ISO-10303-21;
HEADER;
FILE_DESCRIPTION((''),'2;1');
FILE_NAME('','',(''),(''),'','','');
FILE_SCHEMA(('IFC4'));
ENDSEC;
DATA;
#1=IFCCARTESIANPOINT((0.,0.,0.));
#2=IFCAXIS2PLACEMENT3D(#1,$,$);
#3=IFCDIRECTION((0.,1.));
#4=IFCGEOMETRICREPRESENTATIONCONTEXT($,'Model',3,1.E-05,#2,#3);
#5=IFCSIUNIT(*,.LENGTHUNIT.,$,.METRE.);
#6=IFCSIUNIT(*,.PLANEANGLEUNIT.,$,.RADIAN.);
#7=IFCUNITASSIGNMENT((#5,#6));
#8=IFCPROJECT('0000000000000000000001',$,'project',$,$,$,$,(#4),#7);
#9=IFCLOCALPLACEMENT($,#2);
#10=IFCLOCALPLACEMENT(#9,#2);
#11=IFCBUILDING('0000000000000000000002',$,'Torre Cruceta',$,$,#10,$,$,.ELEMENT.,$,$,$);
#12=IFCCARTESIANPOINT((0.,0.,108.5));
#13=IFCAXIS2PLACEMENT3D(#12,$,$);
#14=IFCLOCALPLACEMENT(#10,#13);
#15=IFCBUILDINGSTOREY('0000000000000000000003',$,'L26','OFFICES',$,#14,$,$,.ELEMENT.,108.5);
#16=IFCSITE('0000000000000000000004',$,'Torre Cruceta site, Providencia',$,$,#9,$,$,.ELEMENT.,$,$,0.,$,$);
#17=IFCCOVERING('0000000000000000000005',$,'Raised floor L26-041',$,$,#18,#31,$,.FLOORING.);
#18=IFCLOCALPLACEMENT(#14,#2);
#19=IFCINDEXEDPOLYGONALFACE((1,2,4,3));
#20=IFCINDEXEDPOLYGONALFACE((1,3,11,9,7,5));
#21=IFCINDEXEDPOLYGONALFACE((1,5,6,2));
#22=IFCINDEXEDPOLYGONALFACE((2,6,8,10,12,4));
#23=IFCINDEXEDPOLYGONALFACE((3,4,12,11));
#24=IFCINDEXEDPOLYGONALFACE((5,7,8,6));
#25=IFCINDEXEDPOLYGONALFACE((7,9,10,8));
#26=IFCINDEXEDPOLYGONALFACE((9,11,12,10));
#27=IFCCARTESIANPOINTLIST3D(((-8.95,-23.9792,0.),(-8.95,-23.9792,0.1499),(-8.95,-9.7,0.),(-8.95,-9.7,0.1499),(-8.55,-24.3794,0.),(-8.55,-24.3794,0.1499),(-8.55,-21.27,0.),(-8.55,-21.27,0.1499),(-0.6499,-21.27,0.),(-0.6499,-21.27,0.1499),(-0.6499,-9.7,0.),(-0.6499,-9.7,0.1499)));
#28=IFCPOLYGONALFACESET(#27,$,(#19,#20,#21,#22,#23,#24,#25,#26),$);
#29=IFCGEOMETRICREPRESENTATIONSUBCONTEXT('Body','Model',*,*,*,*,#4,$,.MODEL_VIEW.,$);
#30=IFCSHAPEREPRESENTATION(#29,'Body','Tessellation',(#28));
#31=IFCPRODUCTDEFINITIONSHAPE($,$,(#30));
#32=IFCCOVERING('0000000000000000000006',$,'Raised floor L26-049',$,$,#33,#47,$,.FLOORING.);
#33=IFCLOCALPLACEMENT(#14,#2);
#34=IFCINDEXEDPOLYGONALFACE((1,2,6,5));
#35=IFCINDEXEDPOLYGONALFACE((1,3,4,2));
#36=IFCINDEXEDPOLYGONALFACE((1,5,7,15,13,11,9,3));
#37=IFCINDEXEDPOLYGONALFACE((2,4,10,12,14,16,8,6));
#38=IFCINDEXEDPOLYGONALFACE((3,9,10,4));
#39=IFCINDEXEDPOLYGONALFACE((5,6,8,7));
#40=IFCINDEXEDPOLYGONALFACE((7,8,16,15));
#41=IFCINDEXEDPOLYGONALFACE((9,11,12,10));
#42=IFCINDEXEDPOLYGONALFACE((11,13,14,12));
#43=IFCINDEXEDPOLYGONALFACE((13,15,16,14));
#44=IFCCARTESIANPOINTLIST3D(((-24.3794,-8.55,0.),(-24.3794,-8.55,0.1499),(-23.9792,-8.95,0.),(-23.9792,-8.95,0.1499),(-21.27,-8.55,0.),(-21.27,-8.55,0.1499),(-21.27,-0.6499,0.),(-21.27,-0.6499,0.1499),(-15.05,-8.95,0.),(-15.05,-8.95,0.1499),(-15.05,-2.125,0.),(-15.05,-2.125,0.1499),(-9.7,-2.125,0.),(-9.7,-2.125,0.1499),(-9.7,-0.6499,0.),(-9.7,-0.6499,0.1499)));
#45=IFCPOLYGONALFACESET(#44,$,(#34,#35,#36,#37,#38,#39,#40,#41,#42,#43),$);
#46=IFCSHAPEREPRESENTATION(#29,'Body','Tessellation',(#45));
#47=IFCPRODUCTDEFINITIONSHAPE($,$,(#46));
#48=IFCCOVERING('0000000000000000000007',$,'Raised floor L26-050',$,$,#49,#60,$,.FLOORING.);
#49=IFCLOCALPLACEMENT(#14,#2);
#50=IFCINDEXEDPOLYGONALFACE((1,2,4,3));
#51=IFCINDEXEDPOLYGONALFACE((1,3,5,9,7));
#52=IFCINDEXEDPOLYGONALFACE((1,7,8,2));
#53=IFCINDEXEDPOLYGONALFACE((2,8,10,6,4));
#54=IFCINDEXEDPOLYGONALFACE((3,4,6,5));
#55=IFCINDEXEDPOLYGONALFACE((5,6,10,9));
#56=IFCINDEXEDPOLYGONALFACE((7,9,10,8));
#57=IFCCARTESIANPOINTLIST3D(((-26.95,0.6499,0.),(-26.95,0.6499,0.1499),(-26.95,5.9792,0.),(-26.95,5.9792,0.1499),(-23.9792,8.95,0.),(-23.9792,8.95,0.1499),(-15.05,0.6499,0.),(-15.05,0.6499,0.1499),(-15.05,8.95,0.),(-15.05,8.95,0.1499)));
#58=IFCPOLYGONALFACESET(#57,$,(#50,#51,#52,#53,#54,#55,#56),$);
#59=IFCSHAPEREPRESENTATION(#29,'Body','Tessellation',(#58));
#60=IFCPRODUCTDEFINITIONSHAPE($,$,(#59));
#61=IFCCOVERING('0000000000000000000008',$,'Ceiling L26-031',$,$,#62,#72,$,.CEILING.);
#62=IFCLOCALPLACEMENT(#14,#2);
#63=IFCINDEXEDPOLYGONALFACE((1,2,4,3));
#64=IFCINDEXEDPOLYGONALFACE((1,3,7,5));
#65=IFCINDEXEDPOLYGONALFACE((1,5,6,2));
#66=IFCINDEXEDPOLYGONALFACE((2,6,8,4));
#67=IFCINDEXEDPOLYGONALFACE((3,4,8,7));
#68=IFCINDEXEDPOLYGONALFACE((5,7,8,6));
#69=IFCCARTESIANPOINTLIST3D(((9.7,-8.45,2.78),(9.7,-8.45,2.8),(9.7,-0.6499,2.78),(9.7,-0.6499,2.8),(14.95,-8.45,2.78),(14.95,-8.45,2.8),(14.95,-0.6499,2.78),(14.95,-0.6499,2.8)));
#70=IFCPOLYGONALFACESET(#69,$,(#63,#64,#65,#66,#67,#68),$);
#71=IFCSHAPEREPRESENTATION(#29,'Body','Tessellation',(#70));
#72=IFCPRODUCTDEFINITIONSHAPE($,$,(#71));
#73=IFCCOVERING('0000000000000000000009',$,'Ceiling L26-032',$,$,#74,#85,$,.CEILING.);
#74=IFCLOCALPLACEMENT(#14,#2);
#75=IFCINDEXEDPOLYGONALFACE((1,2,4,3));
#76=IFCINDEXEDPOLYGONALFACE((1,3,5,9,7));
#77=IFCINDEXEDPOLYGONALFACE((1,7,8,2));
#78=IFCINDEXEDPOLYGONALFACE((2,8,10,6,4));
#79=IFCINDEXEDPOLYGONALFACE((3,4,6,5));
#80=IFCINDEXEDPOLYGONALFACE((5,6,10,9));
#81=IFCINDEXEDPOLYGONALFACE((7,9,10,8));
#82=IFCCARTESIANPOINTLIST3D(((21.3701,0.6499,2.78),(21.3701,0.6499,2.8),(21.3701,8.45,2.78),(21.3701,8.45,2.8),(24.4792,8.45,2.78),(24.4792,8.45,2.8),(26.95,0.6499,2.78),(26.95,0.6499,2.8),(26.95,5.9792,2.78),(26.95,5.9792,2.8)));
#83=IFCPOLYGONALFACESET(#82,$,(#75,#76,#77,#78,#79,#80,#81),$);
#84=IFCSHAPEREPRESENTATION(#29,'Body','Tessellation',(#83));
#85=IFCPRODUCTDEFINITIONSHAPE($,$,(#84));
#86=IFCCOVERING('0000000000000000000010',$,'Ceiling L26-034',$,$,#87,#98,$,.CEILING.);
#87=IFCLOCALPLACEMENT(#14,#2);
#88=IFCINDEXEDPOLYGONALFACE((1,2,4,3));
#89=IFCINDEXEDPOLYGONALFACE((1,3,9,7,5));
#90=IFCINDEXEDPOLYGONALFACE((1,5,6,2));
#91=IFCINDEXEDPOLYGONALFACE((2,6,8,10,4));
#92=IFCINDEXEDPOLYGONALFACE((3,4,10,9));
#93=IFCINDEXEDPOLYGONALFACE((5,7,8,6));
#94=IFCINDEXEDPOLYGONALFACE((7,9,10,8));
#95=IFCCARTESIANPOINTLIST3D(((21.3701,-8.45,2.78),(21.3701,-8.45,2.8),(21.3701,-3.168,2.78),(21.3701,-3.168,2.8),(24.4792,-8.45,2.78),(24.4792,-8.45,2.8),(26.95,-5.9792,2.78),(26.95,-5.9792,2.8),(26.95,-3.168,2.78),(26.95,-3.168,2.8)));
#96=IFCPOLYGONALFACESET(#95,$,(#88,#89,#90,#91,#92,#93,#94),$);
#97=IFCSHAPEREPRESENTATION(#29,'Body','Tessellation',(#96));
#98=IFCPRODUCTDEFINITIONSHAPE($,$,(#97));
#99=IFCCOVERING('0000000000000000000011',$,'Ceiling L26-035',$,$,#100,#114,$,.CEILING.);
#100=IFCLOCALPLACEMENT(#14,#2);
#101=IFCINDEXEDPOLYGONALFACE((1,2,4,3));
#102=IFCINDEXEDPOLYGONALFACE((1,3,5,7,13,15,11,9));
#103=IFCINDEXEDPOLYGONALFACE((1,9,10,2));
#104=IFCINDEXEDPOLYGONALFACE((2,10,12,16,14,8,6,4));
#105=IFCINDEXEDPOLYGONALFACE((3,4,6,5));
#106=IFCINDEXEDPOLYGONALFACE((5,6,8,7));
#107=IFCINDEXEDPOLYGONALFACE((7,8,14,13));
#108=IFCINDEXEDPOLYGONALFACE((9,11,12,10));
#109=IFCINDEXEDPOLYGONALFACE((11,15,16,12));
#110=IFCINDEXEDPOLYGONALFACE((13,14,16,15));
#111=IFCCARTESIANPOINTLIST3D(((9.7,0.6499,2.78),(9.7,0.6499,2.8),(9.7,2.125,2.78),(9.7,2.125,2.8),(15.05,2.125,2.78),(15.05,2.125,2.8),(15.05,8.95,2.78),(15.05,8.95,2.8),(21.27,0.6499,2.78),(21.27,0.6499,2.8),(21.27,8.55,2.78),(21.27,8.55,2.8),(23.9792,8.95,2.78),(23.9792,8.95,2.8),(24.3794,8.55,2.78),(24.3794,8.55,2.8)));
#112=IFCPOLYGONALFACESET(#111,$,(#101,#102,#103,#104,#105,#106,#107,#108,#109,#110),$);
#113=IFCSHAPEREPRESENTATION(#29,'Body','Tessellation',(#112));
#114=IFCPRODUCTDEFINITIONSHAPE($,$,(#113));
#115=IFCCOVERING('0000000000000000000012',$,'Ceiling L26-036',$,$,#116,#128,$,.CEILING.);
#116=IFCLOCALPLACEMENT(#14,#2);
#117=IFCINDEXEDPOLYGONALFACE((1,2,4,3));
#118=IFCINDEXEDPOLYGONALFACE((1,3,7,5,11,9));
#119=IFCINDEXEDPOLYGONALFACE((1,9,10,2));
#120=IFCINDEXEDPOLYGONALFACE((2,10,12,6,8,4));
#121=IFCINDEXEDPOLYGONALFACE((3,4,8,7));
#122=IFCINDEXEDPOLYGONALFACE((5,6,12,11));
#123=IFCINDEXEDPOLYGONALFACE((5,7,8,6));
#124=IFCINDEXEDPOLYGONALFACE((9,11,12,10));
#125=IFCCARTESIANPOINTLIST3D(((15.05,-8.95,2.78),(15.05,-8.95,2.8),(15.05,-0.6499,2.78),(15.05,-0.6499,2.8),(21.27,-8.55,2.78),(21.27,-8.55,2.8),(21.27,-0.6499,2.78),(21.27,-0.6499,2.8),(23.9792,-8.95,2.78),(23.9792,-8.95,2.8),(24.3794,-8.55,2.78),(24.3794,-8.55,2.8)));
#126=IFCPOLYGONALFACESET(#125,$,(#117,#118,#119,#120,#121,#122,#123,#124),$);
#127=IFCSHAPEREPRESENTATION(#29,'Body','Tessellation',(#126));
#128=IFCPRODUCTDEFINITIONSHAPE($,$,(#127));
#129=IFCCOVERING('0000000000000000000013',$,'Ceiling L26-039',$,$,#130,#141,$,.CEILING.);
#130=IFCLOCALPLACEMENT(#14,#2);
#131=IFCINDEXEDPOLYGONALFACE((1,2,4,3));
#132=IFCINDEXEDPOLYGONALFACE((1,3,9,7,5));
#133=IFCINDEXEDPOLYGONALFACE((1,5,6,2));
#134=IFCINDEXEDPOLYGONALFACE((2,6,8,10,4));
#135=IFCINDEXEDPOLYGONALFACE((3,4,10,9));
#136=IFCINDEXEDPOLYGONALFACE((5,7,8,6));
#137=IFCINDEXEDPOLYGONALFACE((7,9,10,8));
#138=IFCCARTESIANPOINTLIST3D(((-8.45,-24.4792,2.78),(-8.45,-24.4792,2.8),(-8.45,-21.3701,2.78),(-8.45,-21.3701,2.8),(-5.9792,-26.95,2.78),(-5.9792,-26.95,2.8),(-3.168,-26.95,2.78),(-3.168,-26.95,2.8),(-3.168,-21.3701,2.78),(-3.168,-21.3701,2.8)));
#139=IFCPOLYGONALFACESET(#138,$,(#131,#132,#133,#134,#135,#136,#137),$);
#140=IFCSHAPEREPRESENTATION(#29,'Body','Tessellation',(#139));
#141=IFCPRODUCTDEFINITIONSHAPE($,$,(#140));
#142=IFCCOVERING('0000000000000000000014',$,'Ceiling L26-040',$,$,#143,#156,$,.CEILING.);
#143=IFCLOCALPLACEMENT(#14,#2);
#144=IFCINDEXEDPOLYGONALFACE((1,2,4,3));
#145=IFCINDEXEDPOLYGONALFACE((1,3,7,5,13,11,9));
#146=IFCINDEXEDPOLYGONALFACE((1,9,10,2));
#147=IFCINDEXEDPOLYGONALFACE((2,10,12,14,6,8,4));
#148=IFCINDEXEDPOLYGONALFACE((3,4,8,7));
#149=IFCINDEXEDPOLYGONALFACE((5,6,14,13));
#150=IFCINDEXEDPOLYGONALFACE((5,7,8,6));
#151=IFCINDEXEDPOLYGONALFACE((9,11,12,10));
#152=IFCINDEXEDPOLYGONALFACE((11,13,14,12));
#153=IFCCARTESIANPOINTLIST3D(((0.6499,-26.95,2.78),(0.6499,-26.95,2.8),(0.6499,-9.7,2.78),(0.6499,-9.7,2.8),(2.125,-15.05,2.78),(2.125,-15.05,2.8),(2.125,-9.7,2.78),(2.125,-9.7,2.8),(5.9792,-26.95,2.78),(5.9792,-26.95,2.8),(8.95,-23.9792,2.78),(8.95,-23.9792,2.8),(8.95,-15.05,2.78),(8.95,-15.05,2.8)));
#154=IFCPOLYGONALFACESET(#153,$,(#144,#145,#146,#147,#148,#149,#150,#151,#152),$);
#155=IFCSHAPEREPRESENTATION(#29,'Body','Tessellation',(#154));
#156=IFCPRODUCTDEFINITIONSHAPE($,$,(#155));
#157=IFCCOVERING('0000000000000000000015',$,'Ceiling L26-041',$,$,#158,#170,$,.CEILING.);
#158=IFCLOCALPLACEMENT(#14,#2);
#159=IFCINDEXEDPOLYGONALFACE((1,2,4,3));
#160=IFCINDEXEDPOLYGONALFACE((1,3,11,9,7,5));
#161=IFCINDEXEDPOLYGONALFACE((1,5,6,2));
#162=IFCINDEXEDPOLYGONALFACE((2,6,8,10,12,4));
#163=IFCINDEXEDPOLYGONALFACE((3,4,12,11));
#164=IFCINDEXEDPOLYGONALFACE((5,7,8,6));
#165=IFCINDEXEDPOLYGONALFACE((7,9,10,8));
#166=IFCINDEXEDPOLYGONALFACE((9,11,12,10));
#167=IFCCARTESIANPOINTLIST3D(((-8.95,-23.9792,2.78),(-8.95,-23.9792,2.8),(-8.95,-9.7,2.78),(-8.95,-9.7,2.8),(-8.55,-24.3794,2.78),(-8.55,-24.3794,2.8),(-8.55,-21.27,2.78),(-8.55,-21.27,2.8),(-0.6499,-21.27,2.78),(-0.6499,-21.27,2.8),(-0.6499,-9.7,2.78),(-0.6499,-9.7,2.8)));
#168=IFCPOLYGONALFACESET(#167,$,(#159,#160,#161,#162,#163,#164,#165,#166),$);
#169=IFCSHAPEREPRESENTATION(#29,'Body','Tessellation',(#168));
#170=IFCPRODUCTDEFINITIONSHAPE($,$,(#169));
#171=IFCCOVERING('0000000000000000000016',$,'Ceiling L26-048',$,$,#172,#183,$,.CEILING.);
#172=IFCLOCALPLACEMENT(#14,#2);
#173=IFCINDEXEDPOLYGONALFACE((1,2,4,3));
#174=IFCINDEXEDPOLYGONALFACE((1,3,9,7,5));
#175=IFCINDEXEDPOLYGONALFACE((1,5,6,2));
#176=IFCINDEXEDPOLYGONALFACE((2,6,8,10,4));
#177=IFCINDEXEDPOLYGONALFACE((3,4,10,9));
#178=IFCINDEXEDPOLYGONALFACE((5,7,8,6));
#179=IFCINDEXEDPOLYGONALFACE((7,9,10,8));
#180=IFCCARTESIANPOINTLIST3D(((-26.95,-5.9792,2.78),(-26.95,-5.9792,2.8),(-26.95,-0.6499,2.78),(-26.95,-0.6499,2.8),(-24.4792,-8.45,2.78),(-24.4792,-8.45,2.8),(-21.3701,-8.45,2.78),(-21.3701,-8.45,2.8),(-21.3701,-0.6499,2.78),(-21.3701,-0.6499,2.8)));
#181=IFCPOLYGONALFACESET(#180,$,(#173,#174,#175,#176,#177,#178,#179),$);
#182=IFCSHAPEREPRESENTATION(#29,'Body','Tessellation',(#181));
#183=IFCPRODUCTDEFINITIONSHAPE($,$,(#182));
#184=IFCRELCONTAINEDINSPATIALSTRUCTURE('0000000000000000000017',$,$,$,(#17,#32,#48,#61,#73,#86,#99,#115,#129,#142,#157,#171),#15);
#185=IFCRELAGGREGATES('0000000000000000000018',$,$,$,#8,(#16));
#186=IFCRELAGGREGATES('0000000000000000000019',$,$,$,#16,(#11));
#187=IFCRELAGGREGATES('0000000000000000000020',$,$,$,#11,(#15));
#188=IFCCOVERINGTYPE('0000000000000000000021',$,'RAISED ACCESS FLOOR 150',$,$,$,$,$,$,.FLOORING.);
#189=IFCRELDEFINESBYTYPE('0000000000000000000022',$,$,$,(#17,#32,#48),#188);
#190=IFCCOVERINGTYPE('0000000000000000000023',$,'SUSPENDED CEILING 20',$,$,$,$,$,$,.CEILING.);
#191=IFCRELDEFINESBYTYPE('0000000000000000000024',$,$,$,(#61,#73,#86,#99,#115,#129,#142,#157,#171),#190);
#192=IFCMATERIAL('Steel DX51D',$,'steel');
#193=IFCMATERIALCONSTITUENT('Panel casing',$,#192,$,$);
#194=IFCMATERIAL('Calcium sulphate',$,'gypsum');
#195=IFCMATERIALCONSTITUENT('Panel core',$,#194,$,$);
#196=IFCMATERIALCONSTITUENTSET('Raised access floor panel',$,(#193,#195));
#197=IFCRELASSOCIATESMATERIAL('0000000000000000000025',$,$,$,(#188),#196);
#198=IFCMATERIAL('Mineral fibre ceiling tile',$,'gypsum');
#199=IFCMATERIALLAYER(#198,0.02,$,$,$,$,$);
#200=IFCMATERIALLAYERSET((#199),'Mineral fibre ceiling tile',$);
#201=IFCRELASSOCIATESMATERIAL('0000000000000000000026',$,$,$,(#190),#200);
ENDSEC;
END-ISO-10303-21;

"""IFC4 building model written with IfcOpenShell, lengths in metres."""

from ifc_helpers import new_model, si_unit, direction, frame, origin, place, context, subcontext, project, spatial, polyline, outline, extrude, material, layer, layer_set, constituent, constituent_set, type_object, element, save


model = new_model("IFC4")

# Units and contexts
model_context = context("Model", 3, precision=1e-05, world=origin(), true_north=direction((0.0, 1.0)))
body_context = subcontext(model_context, "Body", "Model", "MODEL_VIEW")
ifc_project = project(units=[si_unit("LENGTHUNIT", "METRE"), si_unit("PLANEANGLEUNIT", "RADIAN")], contexts=[model_context])

# Site, building, storey
site_placement = place(None, origin())
site = spatial("IfcSite", under=ifc_project, at=site_placement, Name="Torre Cruceta site, Providencia", CompositionType="ELEMENT", RefElevation=0.0)
building_placement = place(site_placement, origin())
building = spatial("IfcBuilding", under=site, at=building_placement, Name="Torre Cruceta", CompositionType="ELEMENT")
storey_placement = place(building_placement, frame((0.0, 0.0, 108.5)))
storey = spatial("IfcBuildingStorey", under=building, at=storey_placement, Name="L26", Description="OFFICES", CompositionType="ELEMENT", Elevation=108.5)

# Coverings
ifc_material_1 = material(Name="Steel DX51D", Category="steel")
ifc_constituent_1 = constituent(ifc_material_1, Name="Panel casing")
ifc_material_2 = material(Name="Calcium sulphate", Category="gypsum")
ifc_constituent_2 = constituent(ifc_material_2, Name="Panel core")
ifc_constituent_set_1 = constituent_set(constituents=[ifc_constituent_1, ifc_constituent_2], Name="Raised access floor panel")
covering_type_1 = type_object("IfcCoveringType", Name="RAISED ACCESS FLOOR 150", PredefinedType="FLOORING", material=ifc_constituent_set_1)
covering_1_placement = place(storey_placement, origin())
element("IfcCovering", 1, at=covering_1_placement, inside=storey, type_object=covering_type_1, Name="Raised floor L26-041", PredefinedType="FLOORING", context=body_context, shape_type="SweptSolid", body=[
    extrude(outline(polyline([(-8.55, -21.27), (-8.55, -24.3794), (-8.95, -23.9792), (-8.95, -9.7), (-0.6499, -9.7), (-0.6499, -21.27), (-8.55, -21.27)])), origin(), (0.0, 0.0, 1.0), 0.1499),
])
covering_2_placement = place(storey_placement, origin())
element("IfcCovering", 2, at=covering_2_placement, inside=storey, type_object=covering_type_1, Name="Raised floor L26-049", PredefinedType="FLOORING", context=body_context, shape_type="SweptSolid", body=[
    extrude(outline(polyline([(-9.7, -2.125), (-15.05, -2.125), (-15.05, -8.95), (-23.9792, -8.95), (-24.3794, -8.55), (-21.27, -8.55), (-21.27, -0.6499), (-9.7, -0.6499), (-9.7, -2.125)])), origin(), (0.0, 0.0, 1.0), 0.1499),
])
covering_3_placement = place(storey_placement, origin())
element("IfcCovering", 3, at=covering_3_placement, inside=storey, type_object=covering_type_1, Name="Raised floor L26-050", PredefinedType="FLOORING", context=body_context, shape_type="SweptSolid", body=[
    extrude(outline(polyline([(-23.9792, 8.95), (-15.05, 8.95), (-15.05, 0.6499), (-26.95, 0.6499), (-26.95, 5.9792), (-23.9792, 8.95)])), origin(), (0.0, 0.0, 1.0), 0.1499),
])
ifc_material_3 = material(Name="Mineral fibre ceiling tile", Category="gypsum")
ifc_layer_1 = layer(ifc_material_3, 0.02)
ifc_layer_set_1 = layer_set([ifc_layer_1], Name="Mineral fibre ceiling tile")
covering_type_2 = type_object("IfcCoveringType", Name="SUSPENDED CEILING 20", PredefinedType="CEILING", material=ifc_layer_set_1)
covering_4_placement = place(storey_placement, frame((0.0, 0.0, 2.78)))
element("IfcCovering", 4, at=covering_4_placement, inside=storey, type_object=covering_type_2, Name="Ceiling L26-031", PredefinedType="CEILING", context=body_context, shape_type="SweptSolid", body=[
    extrude(outline(polyline([(9.7, -8.45), (9.7, -0.6499), (14.95, -0.6499), (14.95, -8.45), (9.7, -8.45)])), origin(), (0.0, 0.0, 1.0), 0.02),
])
covering_5_placement = place(storey_placement, frame((0.0, 0.0, 2.78)))
element("IfcCovering", 5, at=covering_5_placement, inside=storey, type_object=covering_type_2, Name="Ceiling L26-032", PredefinedType="CEILING", context=body_context, shape_type="SweptSolid", body=[
    extrude(outline(polyline([(26.95, 0.6499), (21.3701, 0.6499), (21.3701, 8.45), (24.4792, 8.45), (26.95, 5.9792), (26.95, 0.6499)])), origin(), (0.0, 0.0, 1.0), 0.02),
])
covering_6_placement = place(storey_placement, frame((0.0, 0.0, 2.78)))
element("IfcCovering", 6, at=covering_6_placement, inside=storey, type_object=covering_type_2, Name="Ceiling L26-034", PredefinedType="CEILING", context=body_context, shape_type="SweptSolid", body=[
    extrude(outline(polyline([(24.4792, -8.45), (21.3701, -8.45), (21.3701, -3.168), (26.95, -3.168), (26.95, -5.9792), (24.4792, -8.45)])), origin(), (0.0, 0.0, 1.0), 0.02),
])
covering_7_placement = place(storey_placement, frame((0.0, 0.0, 2.78)))
element("IfcCovering", 7, at=covering_7_placement, inside=storey, type_object=covering_type_2, Name="Ceiling L26-035", PredefinedType="CEILING", context=body_context, shape_type="SweptSolid", body=[
    extrude(outline(polyline([(9.7, 2.125), (15.05, 2.125), (15.05, 8.95), (23.9792, 8.95), (24.3794, 8.55), (21.27, 8.55), (21.27, 0.6499), (9.7, 0.6499), (9.7, 2.125)])), origin(), (0.0, 0.0, 1.0), 0.02),
])
covering_8_placement = place(storey_placement, frame((0.0, 0.0, 2.78)))
element("IfcCovering", 8, at=covering_8_placement, inside=storey, type_object=covering_type_2, Name="Ceiling L26-036", PredefinedType="CEILING", context=body_context, shape_type="SweptSolid", body=[
    extrude(outline(polyline([(15.05, -8.95), (15.05, -0.6499), (21.27, -0.6499), (21.27, -8.55), (24.3794, -8.55), (23.9792, -8.95), (15.05, -8.95)])), origin(), (0.0, 0.0, 1.0), 0.02),
])
covering_9_placement = place(storey_placement, frame((0.0, 0.0, 2.78)))
element("IfcCovering", 9, at=covering_9_placement, inside=storey, type_object=covering_type_2, Name="Ceiling L26-039", PredefinedType="CEILING", context=body_context, shape_type="SweptSolid", body=[
    extrude(outline(polyline([(-8.45, -24.4792), (-8.45, -21.3701), (-3.168, -21.3701), (-3.168, -26.95), (-5.9792, -26.95), (-8.45, -24.4792)])), origin(), (0.0, 0.0, 1.0), 0.02),
])
covering_10_placement = place(storey_placement, frame((0.0, 0.0, 2.78)))
element("IfcCovering", 10, at=covering_10_placement, inside=storey, type_object=covering_type_2, Name="Ceiling L26-040", PredefinedType="CEILING", context=body_context, shape_type="SweptSolid", body=[
    extrude(outline(polyline([(0.6499, -26.95), (0.6499, -9.7), (2.125, -9.7), (2.125, -15.05), (8.95, -15.05), (8.95, -23.9792), (5.9792, -26.95), (0.6499, -26.95)])), origin(), (0.0, 0.0, 1.0), 0.02),
])
covering_11_placement = place(storey_placement, frame((0.0, 0.0, 2.78)))
element("IfcCovering", 11, at=covering_11_placement, inside=storey, type_object=covering_type_2, Name="Ceiling L26-041", PredefinedType="CEILING", context=body_context, shape_type="SweptSolid", body=[
    extrude(outline(polyline([(-8.55, -21.27), (-8.55, -24.3794), (-8.95, -23.9792), (-8.95, -9.7), (-0.6499, -9.7), (-0.6499, -21.27), (-8.55, -21.27)])), origin(), (0.0, 0.0, 1.0), 0.02),
])
covering_12_placement = place(storey_placement, frame((0.0, 0.0, 2.78)))
element("IfcCovering", 12, at=covering_12_placement, inside=storey, type_object=covering_type_2, Name="Ceiling L26-048", PredefinedType="CEILING", context=body_context, shape_type="SweptSolid", body=[
    extrude(outline(polyline([(-26.95, -0.6499), (-21.3701, -0.6499), (-21.3701, -8.45), (-24.4792, -8.45), (-26.95, -5.9792), (-26.95, -0.6499)])), origin(), (0.0, 0.0, 1.0), 0.02),
])

save(model, "model.ifc")
